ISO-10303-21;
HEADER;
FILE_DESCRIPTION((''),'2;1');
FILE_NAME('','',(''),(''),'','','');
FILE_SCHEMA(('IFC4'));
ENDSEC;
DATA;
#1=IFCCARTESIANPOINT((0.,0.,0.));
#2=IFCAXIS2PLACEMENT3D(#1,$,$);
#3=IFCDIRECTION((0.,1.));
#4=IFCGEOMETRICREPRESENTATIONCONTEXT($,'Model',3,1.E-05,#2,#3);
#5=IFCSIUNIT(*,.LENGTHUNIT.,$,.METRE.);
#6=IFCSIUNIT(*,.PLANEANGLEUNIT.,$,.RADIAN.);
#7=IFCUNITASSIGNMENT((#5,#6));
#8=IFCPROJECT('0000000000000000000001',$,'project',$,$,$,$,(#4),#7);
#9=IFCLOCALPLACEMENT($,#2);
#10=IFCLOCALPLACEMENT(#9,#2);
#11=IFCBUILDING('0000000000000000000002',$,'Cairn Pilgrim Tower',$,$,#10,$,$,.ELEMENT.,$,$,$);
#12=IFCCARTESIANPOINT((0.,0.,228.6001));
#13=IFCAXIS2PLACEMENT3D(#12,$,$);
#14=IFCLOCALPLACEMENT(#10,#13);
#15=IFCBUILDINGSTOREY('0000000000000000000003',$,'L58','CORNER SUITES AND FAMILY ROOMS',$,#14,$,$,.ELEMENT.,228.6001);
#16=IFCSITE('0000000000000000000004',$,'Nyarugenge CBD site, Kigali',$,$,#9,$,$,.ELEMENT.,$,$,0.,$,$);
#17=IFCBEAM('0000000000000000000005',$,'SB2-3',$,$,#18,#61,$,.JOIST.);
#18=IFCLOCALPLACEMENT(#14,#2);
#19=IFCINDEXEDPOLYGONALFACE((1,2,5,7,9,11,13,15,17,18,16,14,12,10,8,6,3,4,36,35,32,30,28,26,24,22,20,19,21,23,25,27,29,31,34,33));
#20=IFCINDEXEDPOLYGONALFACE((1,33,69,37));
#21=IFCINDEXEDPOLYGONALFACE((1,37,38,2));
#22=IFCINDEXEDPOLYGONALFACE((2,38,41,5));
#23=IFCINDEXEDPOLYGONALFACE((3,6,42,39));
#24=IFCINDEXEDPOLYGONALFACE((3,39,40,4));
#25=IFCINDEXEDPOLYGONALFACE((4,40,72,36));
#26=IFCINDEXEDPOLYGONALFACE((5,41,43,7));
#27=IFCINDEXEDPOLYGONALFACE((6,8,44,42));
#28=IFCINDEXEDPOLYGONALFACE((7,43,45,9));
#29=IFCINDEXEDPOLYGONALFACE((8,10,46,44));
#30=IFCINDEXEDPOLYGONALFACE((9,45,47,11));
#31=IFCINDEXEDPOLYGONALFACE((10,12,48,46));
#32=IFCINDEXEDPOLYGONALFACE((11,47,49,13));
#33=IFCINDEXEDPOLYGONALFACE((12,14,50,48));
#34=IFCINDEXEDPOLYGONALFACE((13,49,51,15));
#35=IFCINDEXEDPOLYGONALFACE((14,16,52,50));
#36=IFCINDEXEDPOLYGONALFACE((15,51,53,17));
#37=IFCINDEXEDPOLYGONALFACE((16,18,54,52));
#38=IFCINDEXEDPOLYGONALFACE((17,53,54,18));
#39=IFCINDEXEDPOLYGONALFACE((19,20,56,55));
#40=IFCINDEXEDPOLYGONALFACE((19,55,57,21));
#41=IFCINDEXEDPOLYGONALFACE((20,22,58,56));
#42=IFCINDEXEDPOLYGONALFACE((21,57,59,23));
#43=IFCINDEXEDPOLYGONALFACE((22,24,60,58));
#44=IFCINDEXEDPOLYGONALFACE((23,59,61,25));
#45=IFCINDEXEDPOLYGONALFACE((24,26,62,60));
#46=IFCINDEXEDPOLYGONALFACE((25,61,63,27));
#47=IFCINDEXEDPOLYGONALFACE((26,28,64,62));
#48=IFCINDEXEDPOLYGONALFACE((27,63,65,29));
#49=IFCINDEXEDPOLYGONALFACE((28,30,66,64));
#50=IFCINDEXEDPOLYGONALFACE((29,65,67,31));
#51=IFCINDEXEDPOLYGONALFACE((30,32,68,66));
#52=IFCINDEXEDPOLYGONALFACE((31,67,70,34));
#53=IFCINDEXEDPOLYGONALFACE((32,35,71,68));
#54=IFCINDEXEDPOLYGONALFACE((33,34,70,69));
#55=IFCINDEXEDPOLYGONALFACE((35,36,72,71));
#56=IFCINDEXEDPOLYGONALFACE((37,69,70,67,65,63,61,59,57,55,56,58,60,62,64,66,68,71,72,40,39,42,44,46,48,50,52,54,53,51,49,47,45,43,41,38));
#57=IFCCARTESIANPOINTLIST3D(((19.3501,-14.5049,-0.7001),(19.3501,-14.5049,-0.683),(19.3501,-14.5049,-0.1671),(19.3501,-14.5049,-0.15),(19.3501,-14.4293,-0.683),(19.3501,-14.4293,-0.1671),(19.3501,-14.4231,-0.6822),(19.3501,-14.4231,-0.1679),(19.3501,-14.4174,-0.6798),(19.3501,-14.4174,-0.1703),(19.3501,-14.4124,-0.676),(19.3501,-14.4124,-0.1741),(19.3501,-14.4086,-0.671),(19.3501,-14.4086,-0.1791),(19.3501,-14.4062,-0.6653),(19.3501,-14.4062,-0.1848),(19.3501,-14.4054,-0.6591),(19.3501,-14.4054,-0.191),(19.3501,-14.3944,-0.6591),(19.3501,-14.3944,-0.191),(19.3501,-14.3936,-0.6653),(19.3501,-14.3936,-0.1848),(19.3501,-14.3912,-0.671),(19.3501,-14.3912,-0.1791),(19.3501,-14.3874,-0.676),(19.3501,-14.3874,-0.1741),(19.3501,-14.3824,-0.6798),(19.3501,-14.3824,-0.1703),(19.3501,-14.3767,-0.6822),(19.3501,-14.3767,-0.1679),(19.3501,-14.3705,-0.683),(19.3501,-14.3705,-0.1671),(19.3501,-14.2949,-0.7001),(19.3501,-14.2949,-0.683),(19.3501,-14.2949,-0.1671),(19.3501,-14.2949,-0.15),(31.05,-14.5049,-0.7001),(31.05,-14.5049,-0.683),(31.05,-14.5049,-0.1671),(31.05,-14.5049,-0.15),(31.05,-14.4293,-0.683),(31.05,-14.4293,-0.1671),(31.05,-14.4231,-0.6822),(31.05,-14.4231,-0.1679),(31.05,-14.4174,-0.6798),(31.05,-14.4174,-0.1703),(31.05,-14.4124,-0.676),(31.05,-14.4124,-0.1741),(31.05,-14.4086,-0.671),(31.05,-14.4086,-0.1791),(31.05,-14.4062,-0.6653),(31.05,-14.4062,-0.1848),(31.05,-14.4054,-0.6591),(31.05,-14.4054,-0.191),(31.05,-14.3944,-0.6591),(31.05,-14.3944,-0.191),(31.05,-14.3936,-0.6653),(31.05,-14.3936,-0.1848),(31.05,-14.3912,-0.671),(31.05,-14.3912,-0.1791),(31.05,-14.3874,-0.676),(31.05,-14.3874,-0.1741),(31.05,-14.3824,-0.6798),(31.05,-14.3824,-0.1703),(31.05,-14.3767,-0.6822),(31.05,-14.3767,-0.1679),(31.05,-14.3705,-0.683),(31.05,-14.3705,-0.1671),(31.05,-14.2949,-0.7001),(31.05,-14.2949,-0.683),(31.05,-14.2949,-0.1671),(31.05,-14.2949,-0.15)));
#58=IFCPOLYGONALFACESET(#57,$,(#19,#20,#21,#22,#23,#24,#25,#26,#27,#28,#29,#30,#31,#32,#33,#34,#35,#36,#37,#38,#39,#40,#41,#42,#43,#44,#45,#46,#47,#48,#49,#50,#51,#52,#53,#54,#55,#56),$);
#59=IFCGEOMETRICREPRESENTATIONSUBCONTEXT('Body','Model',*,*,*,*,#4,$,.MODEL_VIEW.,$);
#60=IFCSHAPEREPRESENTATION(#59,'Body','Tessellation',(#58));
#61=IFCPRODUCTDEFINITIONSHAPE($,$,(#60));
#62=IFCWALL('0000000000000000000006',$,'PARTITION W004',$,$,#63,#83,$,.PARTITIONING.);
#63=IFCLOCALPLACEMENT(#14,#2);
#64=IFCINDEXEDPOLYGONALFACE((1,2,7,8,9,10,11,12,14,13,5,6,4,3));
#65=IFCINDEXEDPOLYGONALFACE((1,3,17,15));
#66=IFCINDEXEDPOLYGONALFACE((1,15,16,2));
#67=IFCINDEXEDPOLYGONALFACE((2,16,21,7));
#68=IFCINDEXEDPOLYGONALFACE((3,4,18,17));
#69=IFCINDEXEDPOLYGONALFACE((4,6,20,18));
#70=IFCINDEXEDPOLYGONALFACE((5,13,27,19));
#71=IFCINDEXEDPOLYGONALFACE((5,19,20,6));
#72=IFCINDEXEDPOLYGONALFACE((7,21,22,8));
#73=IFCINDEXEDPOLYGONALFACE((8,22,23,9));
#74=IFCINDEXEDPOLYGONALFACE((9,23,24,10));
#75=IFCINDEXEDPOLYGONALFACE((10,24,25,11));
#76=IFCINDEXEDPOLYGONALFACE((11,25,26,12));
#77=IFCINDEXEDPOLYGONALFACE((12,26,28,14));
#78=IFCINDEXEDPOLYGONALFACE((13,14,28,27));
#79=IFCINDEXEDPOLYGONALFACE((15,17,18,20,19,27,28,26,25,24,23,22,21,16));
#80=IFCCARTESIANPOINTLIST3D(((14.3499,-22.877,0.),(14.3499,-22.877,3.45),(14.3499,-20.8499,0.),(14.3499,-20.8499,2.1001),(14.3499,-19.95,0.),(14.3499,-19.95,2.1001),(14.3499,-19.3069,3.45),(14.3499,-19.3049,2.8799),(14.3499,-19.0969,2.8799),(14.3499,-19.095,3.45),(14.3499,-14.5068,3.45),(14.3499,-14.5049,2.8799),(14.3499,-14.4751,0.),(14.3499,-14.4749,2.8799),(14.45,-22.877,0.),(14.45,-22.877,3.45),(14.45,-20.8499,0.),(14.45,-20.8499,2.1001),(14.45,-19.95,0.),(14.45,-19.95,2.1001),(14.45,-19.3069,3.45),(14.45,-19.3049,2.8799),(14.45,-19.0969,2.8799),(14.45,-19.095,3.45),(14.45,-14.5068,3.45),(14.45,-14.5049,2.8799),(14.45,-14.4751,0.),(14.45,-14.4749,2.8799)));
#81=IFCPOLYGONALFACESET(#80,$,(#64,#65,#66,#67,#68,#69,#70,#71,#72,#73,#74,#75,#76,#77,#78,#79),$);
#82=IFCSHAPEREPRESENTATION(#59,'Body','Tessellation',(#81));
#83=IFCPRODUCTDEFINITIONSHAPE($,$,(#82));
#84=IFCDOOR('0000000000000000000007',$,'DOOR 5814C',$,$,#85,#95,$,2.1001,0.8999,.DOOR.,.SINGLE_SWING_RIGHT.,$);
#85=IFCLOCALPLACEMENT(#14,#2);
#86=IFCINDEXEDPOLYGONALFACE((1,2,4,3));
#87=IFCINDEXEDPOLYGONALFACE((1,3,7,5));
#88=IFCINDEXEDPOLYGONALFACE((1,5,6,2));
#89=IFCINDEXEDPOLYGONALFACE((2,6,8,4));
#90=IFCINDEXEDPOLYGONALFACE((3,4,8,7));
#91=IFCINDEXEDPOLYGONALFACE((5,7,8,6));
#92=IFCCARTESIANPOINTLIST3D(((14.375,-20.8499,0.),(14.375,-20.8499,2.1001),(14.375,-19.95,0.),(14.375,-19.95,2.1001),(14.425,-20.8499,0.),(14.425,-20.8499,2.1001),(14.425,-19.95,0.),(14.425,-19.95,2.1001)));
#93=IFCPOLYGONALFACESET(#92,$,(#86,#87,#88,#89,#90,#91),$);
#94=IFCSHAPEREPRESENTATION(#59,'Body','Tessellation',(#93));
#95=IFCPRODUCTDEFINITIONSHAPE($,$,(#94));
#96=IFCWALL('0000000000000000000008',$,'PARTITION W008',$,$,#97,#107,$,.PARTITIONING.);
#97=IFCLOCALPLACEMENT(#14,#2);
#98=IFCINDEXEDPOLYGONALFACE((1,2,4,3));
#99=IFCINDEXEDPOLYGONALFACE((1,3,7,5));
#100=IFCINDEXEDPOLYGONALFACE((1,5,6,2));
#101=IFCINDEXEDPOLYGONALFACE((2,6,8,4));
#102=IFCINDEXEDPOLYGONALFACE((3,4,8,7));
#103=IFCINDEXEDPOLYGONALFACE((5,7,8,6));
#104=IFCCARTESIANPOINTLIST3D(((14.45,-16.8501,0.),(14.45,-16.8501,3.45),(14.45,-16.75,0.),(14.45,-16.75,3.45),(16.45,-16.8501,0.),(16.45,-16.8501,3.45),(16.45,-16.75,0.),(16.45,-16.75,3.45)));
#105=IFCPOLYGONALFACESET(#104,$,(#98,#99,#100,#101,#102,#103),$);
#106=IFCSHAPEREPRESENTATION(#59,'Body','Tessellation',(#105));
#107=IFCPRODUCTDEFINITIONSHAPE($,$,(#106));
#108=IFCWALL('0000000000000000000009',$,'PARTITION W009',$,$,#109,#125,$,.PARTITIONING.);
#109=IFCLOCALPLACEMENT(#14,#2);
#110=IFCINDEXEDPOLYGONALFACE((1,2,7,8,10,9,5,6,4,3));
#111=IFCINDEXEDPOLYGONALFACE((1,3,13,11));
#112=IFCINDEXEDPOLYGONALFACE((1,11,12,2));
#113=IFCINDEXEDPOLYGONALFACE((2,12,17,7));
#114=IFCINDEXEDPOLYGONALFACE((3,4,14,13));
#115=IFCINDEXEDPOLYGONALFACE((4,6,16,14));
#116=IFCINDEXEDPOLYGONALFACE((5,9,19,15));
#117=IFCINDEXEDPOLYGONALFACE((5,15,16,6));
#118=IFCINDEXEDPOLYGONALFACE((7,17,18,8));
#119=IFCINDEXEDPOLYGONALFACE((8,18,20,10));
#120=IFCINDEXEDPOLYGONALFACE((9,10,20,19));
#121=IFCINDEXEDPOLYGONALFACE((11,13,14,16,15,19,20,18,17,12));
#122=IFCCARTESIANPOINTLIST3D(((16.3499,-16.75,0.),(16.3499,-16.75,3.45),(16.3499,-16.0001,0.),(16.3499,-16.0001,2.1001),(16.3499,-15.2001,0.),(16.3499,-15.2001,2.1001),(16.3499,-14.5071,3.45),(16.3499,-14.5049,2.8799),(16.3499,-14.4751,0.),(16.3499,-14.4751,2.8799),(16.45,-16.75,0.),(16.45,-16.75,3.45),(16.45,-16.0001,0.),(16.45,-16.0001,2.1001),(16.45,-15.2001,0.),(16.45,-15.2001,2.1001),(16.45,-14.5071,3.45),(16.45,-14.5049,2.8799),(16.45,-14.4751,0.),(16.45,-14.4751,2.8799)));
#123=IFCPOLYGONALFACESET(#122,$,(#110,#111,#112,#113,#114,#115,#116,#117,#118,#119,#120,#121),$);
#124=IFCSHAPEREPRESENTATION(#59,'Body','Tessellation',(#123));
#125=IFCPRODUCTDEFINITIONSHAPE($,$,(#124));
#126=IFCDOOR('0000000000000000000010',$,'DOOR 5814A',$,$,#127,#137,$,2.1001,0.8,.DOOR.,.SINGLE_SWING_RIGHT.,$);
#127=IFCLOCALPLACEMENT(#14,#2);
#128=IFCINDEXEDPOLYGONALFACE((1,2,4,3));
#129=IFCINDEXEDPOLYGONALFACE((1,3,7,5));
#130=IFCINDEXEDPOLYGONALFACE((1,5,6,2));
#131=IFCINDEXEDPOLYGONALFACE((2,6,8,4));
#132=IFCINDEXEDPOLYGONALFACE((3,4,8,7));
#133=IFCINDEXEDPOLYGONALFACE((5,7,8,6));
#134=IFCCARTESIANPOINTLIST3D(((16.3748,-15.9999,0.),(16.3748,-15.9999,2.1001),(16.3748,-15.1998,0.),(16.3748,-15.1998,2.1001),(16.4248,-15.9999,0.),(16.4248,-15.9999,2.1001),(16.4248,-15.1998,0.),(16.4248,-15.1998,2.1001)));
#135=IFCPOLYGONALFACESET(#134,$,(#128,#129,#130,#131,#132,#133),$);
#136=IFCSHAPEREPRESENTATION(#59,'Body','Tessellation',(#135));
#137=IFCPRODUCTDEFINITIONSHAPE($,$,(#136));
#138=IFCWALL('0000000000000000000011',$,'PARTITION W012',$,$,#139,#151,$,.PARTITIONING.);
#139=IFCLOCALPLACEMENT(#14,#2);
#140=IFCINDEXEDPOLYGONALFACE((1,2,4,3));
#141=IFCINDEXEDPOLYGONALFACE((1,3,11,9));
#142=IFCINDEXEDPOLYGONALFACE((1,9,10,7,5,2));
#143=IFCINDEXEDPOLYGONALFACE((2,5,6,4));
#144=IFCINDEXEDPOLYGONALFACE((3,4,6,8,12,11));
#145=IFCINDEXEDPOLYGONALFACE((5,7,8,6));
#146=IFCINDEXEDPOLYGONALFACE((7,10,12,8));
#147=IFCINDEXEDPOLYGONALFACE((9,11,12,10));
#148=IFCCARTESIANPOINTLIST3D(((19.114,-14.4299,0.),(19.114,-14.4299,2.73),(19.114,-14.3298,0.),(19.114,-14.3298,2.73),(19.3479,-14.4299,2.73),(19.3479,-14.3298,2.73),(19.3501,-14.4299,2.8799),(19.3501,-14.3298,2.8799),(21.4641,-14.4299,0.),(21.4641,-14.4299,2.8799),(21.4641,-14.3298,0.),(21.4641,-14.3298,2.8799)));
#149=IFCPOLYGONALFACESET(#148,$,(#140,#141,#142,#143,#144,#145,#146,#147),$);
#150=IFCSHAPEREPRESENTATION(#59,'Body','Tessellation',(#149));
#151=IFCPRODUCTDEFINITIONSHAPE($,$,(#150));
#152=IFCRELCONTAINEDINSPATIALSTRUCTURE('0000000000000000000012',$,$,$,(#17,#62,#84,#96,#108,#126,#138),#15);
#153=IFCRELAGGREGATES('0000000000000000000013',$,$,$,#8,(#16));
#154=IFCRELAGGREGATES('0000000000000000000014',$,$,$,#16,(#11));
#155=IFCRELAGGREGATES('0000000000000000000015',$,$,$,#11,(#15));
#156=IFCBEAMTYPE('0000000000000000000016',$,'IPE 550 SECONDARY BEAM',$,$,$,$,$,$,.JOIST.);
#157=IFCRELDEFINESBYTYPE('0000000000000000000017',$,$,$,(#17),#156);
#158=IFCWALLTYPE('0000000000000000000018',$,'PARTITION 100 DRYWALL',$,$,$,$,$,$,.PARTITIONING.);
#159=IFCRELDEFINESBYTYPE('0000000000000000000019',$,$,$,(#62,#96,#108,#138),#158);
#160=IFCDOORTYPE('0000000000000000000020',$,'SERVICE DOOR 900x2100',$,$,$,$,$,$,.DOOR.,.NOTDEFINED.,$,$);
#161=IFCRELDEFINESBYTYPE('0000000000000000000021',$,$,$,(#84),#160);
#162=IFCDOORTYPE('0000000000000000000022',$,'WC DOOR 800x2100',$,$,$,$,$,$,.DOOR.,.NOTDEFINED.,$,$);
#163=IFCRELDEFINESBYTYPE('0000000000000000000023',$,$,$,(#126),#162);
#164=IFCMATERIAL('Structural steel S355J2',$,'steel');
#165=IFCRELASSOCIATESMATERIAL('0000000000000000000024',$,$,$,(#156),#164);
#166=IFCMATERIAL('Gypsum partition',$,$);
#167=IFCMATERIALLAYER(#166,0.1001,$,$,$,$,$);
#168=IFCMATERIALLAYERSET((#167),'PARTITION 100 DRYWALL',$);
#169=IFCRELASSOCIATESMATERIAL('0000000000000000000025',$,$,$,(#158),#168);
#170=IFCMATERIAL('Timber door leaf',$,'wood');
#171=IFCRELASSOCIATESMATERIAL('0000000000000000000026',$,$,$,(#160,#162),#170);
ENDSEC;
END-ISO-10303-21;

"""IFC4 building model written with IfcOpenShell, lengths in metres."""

from ifc_helpers import new_model, si_unit, direction, frame, frame_2d, origin, origin_2d, place, context, subcontext, project, spatial, polyline, rectangle, i_section, outline, extrude, material, layer, layer_set, material_profile, profile_set, type_object, element, fill, save


model = new_model("IFC4")

# Units and contexts
model_context = context("Model", 3, precision=1e-05, world=origin(), true_north=direction((0.0, 1.0)))
body_context = subcontext(model_context, "Body", "Model", "MODEL_VIEW")
ifc_project = project(units=[si_unit("LENGTHUNIT", "METRE"), si_unit("PLANEANGLEUNIT", "RADIAN")], contexts=[model_context])

# Site, building, storey
site_placement = place(None, origin())
site = spatial("IfcSite", under=ifc_project, at=site_placement, Name="Nyarugenge CBD site, Kigali", CompositionType="ELEMENT", RefElevation=0.0)
building_placement = place(site_placement, origin())
building = spatial("IfcBuilding", under=site, at=building_placement, Name="Cairn Pilgrim Tower", CompositionType="ELEMENT")
storey_placement = place(building_placement, frame((0.0, 0.0, 228.6001)))
storey = spatial("IfcBuildingStorey", under=building, at=storey_placement, Name="L58", Description="CORNER SUITES AND FAMILY ROOMS", CompositionType="ELEMENT", Elevation=228.6001)

# Beam
ifc_material_1 = material(Name="Structural steel S355J2", Category="steel")
ifc_material_profile_1 = material_profile(ifc_material_1, i_section(OverallWidth=0.21, OverallDepth=0.55, WebThickness=0.011, FlangeThickness=0.0171, FilletRadius=0.0239, at=origin_2d()), Name="IPE 550")
ifc_profile_set_1 = profile_set([ifc_material_profile_1], Name="Structural steel S355J2")
beam_type_1 = type_object("IfcBeamType", Name="IPE 550 SECONDARY BEAM", PredefinedType="JOIST", material=ifc_profile_set_1)
beam_1_placement = place(storey_placement, frame((19.3501, -14.3999, -0.425), z_axis=(1.0, 0.0, 0.0), x_axis=(0.0, 1.0, 0.0)))
element("IfcBeam", 1, at=beam_1_placement, inside=storey, type_object=beam_type_1, Name="SB2-3", PredefinedType="JOIST", context=body_context, shape_type="SweptSolid", body=[
    extrude(i_section(OverallWidth=0.21, OverallDepth=0.55, WebThickness=0.011, FlangeThickness=0.0171, FilletRadius=0.0239, at=origin_2d()), origin(), (0.0, 0.0, 1.0), 11.7),
])

# Wall, opening, door
ifc_material_2 = material(Name="Gypsum partition")
ifc_layer_1 = layer(ifc_material_2, 0.1001)
ifc_layer_set_1 = layer_set([ifc_layer_1], Name="PARTITION 100 DRYWALL")
wall_type_1 = type_object("IfcWallType", Name="PARTITION 100 DRYWALL", PredefinedType="PARTITIONING", material=ifc_layer_set_1)
wall_1_placement = place(storey_placement, frame((14.3999, -22.877, 0.0), z_axis=(0.0, 0.0, 1.0), x_axis=(0.0, 1.0, 0.0)))
wall_1 = element("IfcWall", 2, at=wall_1_placement, inside=storey, type_object=wall_type_1, Name="PARTITION W004", PredefinedType="PARTITIONING", context=body_context, shape_type="SweptSolid", body=[
    extrude(outline(polyline([(0.0, 0.0), (8.4019, 0.0), (8.4021, 2.8799), (8.3721, 2.8799), (8.3701, 3.45), (3.782, 3.45), (3.78, 2.8799), (3.572, 2.8799), (3.5701, 3.45), (0.0, 3.45), (0.0, 0.0)])), frame((0.0, 0.05, 0.0), z_axis=(0.0, -1.0, 0.0), x_axis=(1.0, 0.0, 0.0)), (0.0, 0.0, 1.0), 0.1001),
])
opening_1_placement = place(wall_1_placement, frame((2.0271, 0.0, 0.0)))
opening_1 = element("IfcOpeningElement", 3, at=opening_1_placement, cuts=wall_1, PredefinedType="OPENING", context=body_context, shape_type="SweptSolid", body=[
    extrude(rectangle(XDim=0.8999, YDim=2.1001, at=frame_2d((0.45, 1.05))), frame((0.0, 0.0601, 0.0), z_axis=(0.0, -1.0, 0.0), x_axis=(1.0, 0.0, 0.0)), (0.0, 0.0, 1.0), 0.1201),
])
ifc_material_3 = material(Name="Timber door leaf", Category="wood")
door_type_1 = type_object("IfcDoorType", Name="SERVICE DOOR 900x2100", OperationType="NOTDEFINED", PredefinedType="DOOR", material=ifc_material_3)
door_1_placement = place(opening_1_placement, origin())
door_1 = element("IfcDoor", 4, at=door_1_placement, inside=storey, type_object=door_type_1, Name="DOOR 5814C", OperationType="SINGLE_SWING_RIGHT", OverallHeight=2.1001, OverallWidth=0.8999, PredefinedType="DOOR", context=body_context, shape_type="SweptSolid", body=[
    extrude(rectangle(XDim=0.8999, YDim=2.1001, at=frame_2d((0.45, 1.05))), frame((0.0, 0.0249, 0.0), z_axis=(0.0, -1.0, 0.0), x_axis=(1.0, 0.0, 0.0)), (0.0, 0.0, 1.0), 0.05),
])
fill(opening_1, door_1)

# Wall
wall_2_placement = place(storey_placement, frame((14.45, -16.8, 0.0), z_axis=(0.0, 0.0, 1.0), x_axis=(1.0, 0.0, 0.0)))
element("IfcWall", 5, at=wall_2_placement, inside=storey, type_object=wall_type_1, Name="PARTITION W008", PredefinedType="PARTITIONING", context=body_context, shape_type="SweptSolid", body=[
    extrude(rectangle(XDim=2.0, YDim=0.1001, at=frame_2d((1.0, 0.0))), origin(), (0.0, 0.0, 1.0), 3.45),
])

# Wall, opening, door
wall_3_placement = place(storey_placement, frame((16.3999, -16.75, 0.0), z_axis=(0.0, 0.0, 1.0), x_axis=(0.0, 1.0, 0.0)))
wall_3 = element("IfcWall", 6, at=wall_3_placement, inside=storey, type_object=wall_type_1, Name="PARTITION W009", PredefinedType="PARTITIONING", context=body_context, shape_type="SweptSolid", body=[
    extrude(outline(polyline([(0.0, 0.0), (2.2749, 0.0), (2.2749, 2.8799), (2.2451, 2.8799), (2.2429, 3.45), (0.0, 3.45), (0.0, 0.0)])), frame((0.0, 0.05, 0.0), z_axis=(0.0, -1.0, 0.0), x_axis=(1.0, 0.0, 0.0)), (0.0, 0.0, 1.0), 0.1001),
])
opening_2_placement = place(wall_3_placement, frame((0.75, 0.0, 0.0)))
opening_2 = element("IfcOpeningElement", 7, at=opening_2_placement, cuts=wall_3, PredefinedType="OPENING", context=body_context, shape_type="SweptSolid", body=[
    extrude(rectangle(XDim=0.8, YDim=2.1001, at=frame_2d((0.3999, 1.05))), frame((0.0, 0.0601, 0.0), z_axis=(0.0, -1.0, 0.0), x_axis=(1.0, 0.0, 0.0)), (0.0, 0.0, 1.0), 0.1201),
])
door_type_2 = type_object("IfcDoorType", Name="WC DOOR 800x2100", OperationType="NOTDEFINED", PredefinedType="DOOR", material=ifc_material_3)
door_2_placement = place(opening_2_placement, frame((0.8, 0.0, 0.0), z_axis=(0.0, 0.0, 1.0), x_axis=(-1.0, 0.0, 0.0)))
door_2 = element("IfcDoor", 8, at=door_2_placement, inside=storey, type_object=door_type_2, Name="DOOR 5814A", OperationType="SINGLE_SWING_RIGHT", OverallHeight=2.1001, OverallWidth=0.8, PredefinedType="DOOR", context=body_context, shape_type="SweptSolid", body=[
    extrude(rectangle(XDim=0.8, YDim=2.1001, at=frame_2d((0.3999, 1.05))), frame((0.0, 0.0249, 0.0), z_axis=(0.0, -1.0, 0.0), x_axis=(1.0, 0.0, 0.0)), (0.0, 0.0, 1.0), 0.05),
])
fill(opening_2, door_2)

# Wall
wall_4_placement = place(storey_placement, frame((19.114, -14.3799, 0.0), z_axis=(0.0, 0.0, 1.0), x_axis=(1.0, 0.0, 0.0)))
element("IfcWall", 9, at=wall_4_placement, inside=storey, type_object=wall_type_1, Name="PARTITION W012", PredefinedType="PARTITIONING", context=body_context, shape_type="SweptSolid", body=[
    extrude(outline(polyline([(0.0, 0.0), (2.3501, 0.0), (2.3501, 2.8799), (0.2361, 2.8799), (0.2339, 2.73), (0.0, 2.73), (0.0, 0.0)])), frame((0.0, 0.05, 0.0), z_axis=(0.0, -1.0, 0.0), x_axis=(1.0, 0.0, 0.0)), (0.0, 0.0, 1.0), 0.1001),
])

save(model, "model.ifc")
